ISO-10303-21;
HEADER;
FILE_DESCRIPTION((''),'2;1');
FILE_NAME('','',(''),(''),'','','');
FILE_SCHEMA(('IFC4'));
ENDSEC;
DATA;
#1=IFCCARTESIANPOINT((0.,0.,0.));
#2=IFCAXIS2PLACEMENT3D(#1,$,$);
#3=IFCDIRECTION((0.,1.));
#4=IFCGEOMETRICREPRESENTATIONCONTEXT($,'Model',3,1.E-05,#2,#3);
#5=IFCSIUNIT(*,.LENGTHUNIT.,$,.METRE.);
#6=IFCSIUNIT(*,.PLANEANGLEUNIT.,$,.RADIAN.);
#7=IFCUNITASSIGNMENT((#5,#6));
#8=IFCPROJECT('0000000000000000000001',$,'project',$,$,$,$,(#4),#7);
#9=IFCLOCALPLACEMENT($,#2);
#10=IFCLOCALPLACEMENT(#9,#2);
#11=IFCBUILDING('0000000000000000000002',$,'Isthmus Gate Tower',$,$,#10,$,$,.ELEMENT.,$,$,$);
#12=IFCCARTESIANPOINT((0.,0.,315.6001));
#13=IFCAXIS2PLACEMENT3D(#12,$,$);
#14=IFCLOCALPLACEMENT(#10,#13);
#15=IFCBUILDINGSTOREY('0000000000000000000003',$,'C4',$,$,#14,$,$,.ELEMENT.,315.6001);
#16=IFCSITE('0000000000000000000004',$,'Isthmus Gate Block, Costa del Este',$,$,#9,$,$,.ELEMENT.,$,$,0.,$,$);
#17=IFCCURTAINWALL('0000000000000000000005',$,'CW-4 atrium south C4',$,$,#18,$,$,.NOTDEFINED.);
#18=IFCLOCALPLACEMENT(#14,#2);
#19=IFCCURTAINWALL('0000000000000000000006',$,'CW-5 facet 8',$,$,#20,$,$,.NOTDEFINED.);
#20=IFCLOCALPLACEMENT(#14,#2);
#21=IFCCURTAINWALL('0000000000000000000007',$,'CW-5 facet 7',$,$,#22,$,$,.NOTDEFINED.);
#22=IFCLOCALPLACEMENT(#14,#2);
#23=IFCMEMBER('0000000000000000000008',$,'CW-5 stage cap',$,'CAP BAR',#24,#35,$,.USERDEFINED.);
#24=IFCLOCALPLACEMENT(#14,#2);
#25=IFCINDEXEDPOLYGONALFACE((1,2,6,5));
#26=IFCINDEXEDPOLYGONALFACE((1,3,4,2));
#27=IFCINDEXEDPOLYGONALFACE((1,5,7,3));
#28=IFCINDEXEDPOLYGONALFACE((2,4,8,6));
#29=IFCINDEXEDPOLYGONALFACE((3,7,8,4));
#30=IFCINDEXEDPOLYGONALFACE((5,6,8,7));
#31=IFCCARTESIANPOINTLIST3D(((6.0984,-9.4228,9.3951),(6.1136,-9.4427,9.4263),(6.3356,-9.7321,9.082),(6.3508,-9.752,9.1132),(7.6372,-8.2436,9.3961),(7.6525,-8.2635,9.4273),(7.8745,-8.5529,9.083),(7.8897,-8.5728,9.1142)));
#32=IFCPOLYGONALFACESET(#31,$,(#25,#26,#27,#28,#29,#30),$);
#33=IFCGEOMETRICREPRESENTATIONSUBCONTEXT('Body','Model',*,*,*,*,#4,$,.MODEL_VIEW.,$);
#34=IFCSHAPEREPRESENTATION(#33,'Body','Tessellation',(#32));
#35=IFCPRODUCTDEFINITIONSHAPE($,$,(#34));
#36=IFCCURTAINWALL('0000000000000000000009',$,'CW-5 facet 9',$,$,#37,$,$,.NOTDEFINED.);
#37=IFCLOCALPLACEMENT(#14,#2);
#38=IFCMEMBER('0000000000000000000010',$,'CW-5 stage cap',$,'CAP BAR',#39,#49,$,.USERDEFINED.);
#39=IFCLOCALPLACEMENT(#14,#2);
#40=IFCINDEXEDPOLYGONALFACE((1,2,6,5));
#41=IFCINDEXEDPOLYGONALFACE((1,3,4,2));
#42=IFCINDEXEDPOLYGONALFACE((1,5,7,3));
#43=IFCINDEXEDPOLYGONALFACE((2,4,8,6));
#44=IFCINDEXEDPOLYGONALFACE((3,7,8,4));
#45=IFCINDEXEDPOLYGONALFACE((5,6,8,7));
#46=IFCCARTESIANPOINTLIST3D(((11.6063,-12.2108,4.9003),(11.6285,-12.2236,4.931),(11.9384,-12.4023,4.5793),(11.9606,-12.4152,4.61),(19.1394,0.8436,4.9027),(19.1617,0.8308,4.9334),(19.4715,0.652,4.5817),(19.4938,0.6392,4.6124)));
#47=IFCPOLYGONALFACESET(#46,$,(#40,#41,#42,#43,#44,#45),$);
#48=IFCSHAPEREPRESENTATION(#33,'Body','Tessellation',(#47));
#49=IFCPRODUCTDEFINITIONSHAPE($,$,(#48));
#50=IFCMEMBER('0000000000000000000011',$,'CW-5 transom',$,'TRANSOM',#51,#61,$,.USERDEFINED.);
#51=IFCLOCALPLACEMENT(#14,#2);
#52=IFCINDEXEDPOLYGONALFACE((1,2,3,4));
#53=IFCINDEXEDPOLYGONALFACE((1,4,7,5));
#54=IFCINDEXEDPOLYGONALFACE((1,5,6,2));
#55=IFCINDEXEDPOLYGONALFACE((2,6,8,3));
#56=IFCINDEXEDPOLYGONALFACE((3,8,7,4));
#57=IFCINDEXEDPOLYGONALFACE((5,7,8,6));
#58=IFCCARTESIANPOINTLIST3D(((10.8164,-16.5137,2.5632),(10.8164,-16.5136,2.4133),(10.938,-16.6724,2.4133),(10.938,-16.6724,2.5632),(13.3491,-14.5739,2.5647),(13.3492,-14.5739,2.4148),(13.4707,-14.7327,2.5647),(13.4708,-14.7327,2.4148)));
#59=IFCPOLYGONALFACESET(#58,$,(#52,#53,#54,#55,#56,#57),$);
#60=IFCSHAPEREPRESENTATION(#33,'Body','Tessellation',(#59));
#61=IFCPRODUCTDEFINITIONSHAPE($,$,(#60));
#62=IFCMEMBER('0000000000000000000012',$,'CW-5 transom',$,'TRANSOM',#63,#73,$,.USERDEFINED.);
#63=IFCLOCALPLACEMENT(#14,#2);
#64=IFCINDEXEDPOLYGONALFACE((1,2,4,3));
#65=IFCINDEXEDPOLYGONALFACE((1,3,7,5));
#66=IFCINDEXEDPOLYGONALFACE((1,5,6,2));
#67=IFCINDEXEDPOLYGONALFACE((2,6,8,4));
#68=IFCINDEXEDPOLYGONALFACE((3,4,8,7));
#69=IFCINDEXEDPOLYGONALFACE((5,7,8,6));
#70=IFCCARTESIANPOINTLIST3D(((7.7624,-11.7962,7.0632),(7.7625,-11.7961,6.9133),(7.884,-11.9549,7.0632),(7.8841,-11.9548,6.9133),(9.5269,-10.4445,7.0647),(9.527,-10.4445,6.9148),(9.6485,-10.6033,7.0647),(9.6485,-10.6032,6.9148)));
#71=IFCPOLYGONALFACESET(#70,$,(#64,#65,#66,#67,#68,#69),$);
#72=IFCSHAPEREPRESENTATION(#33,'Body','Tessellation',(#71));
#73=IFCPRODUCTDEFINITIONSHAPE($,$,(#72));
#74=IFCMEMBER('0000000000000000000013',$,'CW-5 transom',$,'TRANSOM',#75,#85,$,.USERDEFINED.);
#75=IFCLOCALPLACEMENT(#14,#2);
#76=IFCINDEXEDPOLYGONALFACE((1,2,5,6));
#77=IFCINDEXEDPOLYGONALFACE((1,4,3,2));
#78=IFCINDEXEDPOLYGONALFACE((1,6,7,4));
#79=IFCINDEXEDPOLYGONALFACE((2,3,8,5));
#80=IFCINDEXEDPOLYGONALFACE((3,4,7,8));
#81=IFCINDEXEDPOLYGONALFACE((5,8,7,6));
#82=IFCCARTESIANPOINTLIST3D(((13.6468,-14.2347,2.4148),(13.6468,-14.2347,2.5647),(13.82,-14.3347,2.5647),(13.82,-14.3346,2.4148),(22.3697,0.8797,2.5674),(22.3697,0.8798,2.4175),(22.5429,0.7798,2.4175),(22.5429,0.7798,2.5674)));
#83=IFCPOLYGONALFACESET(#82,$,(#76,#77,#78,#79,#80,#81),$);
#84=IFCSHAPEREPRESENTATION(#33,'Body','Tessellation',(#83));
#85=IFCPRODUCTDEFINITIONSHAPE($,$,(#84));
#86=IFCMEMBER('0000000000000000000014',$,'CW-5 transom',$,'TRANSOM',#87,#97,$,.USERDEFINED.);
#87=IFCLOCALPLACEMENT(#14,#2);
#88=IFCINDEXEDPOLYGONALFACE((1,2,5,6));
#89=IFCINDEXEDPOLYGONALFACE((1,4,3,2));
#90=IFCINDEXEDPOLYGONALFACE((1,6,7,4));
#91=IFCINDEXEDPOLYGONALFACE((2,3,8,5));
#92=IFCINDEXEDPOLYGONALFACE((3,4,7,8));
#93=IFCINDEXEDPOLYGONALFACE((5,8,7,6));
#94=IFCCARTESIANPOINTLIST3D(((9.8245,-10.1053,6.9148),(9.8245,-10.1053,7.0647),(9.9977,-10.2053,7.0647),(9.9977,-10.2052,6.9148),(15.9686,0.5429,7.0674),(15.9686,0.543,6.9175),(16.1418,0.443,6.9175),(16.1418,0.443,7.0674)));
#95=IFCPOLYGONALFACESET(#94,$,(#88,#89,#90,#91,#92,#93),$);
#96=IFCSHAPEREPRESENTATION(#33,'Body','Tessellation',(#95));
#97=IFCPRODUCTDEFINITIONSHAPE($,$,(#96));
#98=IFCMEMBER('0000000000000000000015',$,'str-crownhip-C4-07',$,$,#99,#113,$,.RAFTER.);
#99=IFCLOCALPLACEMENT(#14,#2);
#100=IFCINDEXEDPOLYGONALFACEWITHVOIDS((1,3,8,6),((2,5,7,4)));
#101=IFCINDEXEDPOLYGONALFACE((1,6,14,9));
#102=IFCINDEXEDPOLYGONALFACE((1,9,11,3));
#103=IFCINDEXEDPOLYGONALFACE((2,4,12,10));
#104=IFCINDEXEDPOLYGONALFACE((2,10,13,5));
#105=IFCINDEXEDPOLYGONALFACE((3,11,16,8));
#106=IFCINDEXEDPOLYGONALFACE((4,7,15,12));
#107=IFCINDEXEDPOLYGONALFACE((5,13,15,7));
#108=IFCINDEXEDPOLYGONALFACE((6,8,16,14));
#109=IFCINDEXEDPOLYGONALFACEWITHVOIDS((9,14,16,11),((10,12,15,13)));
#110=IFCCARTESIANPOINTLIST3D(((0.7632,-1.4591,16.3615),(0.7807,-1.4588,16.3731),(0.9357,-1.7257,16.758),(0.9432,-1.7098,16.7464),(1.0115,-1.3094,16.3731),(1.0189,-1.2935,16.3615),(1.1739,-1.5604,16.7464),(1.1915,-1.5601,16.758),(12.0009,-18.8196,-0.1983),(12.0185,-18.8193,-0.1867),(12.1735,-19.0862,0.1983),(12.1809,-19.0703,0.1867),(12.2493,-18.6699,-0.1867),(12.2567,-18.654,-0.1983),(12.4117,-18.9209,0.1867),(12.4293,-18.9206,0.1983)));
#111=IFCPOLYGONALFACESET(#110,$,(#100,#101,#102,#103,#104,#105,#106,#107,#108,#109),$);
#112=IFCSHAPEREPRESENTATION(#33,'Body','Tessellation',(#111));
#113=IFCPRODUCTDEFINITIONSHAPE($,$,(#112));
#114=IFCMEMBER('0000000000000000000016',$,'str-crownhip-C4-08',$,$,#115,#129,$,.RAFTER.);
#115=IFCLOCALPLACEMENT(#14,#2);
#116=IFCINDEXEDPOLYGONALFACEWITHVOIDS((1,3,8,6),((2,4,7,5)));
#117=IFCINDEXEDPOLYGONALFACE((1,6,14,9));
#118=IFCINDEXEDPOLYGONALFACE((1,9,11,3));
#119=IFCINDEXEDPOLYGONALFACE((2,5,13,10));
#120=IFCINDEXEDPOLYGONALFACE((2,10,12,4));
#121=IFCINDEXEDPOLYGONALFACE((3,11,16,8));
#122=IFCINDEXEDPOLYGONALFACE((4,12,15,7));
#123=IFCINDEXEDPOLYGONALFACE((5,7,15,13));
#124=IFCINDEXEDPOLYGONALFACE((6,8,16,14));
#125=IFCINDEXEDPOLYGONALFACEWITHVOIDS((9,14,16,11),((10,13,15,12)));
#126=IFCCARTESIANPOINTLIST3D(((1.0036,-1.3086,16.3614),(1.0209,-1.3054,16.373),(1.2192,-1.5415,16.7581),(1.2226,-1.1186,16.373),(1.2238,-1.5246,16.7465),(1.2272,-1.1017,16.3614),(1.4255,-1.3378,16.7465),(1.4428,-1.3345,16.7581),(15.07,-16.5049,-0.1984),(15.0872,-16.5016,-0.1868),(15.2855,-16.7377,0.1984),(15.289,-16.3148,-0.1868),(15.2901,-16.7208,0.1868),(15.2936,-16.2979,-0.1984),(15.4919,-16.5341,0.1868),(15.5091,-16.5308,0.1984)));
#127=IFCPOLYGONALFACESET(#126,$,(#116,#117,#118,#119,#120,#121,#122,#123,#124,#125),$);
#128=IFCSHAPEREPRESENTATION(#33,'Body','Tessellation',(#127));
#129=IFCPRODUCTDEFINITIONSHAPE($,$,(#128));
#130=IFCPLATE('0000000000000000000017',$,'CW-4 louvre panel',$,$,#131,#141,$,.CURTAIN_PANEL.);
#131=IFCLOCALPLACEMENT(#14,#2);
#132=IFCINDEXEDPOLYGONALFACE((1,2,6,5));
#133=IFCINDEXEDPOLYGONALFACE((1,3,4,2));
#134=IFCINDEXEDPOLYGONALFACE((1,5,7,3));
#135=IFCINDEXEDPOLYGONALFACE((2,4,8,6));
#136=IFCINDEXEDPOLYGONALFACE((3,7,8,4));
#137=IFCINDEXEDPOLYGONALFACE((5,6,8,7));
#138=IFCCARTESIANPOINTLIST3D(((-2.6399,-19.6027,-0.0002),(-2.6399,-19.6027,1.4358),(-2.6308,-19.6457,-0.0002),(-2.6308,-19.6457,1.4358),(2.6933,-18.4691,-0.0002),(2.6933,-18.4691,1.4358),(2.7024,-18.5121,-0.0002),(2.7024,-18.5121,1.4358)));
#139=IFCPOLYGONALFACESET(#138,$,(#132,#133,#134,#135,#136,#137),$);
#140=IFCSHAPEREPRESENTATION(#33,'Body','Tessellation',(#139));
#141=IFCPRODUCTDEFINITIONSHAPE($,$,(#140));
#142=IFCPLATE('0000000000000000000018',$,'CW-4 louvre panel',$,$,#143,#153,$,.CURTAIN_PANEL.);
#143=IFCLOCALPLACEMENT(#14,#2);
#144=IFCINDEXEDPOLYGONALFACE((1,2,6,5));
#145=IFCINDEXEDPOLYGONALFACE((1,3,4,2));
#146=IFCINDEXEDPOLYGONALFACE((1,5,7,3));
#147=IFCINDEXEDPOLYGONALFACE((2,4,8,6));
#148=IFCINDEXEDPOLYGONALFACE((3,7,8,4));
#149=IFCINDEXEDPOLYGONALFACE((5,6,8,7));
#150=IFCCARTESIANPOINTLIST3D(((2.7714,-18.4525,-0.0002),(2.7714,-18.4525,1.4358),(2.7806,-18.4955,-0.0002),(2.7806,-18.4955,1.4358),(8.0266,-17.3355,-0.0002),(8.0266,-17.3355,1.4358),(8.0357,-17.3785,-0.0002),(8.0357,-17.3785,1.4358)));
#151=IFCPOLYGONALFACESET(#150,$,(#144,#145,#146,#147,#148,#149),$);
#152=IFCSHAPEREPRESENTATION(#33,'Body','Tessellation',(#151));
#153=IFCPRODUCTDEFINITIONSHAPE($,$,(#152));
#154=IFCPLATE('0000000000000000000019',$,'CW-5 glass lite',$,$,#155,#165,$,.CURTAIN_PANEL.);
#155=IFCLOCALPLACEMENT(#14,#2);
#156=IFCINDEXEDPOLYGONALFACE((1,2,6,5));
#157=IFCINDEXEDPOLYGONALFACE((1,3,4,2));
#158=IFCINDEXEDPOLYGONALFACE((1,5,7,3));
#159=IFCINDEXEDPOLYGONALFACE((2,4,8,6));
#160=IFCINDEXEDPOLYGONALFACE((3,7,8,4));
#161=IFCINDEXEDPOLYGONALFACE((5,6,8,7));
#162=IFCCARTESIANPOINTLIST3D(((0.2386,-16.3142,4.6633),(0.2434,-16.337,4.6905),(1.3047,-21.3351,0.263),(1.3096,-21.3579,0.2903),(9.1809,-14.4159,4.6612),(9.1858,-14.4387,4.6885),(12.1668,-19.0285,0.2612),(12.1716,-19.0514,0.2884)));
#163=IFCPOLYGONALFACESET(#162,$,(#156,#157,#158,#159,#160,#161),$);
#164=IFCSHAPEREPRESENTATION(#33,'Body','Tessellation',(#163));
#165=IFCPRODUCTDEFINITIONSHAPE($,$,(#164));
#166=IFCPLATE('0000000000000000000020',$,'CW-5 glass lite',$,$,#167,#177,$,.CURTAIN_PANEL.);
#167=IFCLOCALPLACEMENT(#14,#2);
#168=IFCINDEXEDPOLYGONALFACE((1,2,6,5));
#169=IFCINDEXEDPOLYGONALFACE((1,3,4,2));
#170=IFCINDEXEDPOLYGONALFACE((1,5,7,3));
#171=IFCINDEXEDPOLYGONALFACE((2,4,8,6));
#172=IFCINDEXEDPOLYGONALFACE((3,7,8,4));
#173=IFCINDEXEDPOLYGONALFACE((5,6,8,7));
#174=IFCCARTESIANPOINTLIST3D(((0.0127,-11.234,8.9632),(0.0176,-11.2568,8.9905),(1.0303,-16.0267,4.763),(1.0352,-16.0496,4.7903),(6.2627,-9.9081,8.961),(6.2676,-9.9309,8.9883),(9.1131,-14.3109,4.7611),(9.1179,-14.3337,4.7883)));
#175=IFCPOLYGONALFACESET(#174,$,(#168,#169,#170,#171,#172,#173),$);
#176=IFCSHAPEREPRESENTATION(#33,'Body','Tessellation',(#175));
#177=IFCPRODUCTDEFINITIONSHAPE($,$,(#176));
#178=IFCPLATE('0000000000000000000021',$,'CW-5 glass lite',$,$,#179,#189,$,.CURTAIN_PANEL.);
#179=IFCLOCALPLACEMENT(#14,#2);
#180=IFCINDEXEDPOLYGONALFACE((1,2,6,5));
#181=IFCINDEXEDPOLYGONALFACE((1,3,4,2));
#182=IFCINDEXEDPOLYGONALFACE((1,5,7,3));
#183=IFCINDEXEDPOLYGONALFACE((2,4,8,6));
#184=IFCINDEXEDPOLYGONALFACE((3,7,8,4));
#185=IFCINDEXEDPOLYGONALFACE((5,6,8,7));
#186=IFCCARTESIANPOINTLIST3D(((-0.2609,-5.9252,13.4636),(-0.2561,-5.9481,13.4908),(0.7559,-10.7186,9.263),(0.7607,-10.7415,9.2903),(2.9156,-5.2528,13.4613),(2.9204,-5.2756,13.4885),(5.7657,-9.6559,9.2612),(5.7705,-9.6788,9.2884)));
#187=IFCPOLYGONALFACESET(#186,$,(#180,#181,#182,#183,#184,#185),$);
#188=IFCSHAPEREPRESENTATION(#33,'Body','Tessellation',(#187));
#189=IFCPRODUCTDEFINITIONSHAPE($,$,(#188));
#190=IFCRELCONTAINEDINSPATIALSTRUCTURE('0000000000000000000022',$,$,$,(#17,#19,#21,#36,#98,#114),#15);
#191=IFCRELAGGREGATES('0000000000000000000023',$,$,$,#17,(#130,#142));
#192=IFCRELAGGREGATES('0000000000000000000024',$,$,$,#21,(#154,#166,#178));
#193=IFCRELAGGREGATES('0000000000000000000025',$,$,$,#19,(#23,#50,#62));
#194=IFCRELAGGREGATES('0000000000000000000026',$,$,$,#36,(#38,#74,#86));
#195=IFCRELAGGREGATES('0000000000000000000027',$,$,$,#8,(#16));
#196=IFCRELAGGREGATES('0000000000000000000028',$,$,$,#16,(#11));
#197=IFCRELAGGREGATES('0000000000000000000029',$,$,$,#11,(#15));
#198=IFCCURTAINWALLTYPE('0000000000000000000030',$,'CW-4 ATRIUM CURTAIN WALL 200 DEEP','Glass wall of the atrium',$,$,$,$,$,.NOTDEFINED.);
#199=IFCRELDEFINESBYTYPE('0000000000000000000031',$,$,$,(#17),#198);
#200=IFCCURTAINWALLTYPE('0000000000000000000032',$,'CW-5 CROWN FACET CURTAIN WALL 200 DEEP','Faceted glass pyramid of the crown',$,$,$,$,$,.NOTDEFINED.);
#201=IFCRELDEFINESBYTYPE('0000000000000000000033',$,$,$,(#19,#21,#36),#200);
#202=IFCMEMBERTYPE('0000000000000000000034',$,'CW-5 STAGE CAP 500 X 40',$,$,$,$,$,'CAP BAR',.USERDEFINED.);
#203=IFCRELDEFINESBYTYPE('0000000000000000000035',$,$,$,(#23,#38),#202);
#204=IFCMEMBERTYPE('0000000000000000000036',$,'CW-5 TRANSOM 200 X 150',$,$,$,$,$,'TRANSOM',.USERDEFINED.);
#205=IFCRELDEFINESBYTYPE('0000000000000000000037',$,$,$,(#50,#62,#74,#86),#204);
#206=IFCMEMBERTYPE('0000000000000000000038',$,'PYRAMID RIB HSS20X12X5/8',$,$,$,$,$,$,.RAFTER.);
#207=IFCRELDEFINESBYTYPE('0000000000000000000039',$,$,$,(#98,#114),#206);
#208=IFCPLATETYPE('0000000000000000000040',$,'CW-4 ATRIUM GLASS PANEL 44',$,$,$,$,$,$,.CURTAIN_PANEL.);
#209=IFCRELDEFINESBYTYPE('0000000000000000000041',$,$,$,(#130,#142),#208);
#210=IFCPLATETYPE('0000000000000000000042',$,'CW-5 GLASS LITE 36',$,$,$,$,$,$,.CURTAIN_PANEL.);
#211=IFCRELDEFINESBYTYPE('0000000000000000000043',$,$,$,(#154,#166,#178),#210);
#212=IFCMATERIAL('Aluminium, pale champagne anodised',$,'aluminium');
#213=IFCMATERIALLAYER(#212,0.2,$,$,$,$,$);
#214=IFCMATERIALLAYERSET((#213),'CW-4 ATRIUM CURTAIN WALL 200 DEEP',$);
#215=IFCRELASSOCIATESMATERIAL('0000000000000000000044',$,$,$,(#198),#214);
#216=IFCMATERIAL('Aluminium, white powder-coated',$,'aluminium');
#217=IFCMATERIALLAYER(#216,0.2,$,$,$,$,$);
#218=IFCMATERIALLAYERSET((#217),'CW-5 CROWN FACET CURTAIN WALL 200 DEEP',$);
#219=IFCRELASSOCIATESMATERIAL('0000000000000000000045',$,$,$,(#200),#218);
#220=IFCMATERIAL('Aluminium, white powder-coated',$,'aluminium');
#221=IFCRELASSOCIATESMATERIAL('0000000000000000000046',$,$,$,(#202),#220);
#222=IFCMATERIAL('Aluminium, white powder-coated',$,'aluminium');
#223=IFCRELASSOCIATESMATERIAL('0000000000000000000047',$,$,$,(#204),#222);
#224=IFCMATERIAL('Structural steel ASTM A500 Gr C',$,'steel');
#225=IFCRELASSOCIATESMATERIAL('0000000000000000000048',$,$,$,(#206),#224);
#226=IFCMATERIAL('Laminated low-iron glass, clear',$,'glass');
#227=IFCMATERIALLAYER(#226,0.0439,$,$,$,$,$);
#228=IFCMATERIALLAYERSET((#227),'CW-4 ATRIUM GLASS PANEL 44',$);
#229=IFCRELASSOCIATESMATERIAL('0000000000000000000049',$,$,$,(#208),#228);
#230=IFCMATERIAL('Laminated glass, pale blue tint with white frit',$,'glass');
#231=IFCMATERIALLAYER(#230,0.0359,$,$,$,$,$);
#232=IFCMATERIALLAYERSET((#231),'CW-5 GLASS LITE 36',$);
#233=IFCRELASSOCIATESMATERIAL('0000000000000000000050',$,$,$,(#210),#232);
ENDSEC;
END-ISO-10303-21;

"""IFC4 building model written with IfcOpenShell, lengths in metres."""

from ifc_helpers import new_model, si_unit, direction, frame, origin, origin_2d, place, context, subcontext, project, spatial, polyline, rectangle, hollow_rectangle, outline, extrude, material, layer, layer_set, material_profile, profile_set, type_object, element, aggregate, save


model = new_model("IFC4")

# Units and contexts
model_context = context("Model", 3, precision=1e-05, world=origin(), true_north=direction((0.0, 1.0)))
body_context = subcontext(model_context, "Body", "Model", "MODEL_VIEW")
ifc_project = project(units=[si_unit("LENGTHUNIT", "METRE"), si_unit("PLANEANGLEUNIT", "RADIAN")], contexts=[model_context])

# Site, building, storey
site_placement = place(None, origin())
site = spatial("IfcSite", under=ifc_project, at=site_placement, Name="Isthmus Gate Block, Costa del Este", CompositionType="ELEMENT", RefElevation=0.0)
building_placement = place(site_placement, origin())
building = spatial("IfcBuilding", under=site, at=building_placement, Name="Isthmus Gate Tower", CompositionType="ELEMENT")
storey_placement = place(building_placement, frame((0.0, 0.0, 315.6001)))
storey = spatial("IfcBuildingStorey", under=building, at=storey_placement, Name="C4", CompositionType="ELEMENT", Elevation=315.6001)

# Curtain wall
ifc_material_1 = material(Name="Aluminium, pale champagne anodised", Category="aluminium")
ifc_layer_1 = layer(ifc_material_1, 0.2)
ifc_layer_set_1 = layer_set([ifc_layer_1], Name="CW-4 ATRIUM CURTAIN WALL 200 DEEP")
curtain_wall_type_1 = type_object("IfcCurtainWallType", Name="CW-4 ATRIUM CURTAIN WALL 200 DEEP", Description="Glass wall of the atrium", PredefinedType="NOTDEFINED", material=ifc_layer_set_1)
curtain_wall_1_placement = place(storey_placement, origin())
curtain_wall_1 = element("IfcCurtainWall", 1, at=curtain_wall_1_placement, inside=storey, type_object=curtain_wall_type_1, Name="CW-4 atrium south C4", PredefinedType="NOTDEFINED")

# Curtain wall
ifc_material_2 = material(Name="Aluminium, white powder-coated", Category="aluminium")
ifc_layer_2 = layer(ifc_material_2, 0.2)
ifc_layer_set_2 = layer_set([ifc_layer_2], Name="CW-5 CROWN FACET CURTAIN WALL 200 DEEP")
curtain_wall_type_2 = type_object("IfcCurtainWallType", Name="CW-5 CROWN FACET CURTAIN WALL 200 DEEP", Description="Faceted glass pyramid of the crown", PredefinedType="NOTDEFINED", material=ifc_layer_set_2)
curtain_wall_2_placement = place(storey_placement, origin())
curtain_wall_2 = element("IfcCurtainWall", 2, at=curtain_wall_2_placement, inside=storey, type_object=curtain_wall_type_2, Name="CW-5 facet 8", PredefinedType="NOTDEFINED")
placement_1 = place(building_placement, frame((0.0, 0.0, 324.6001)))

# Curtain wall
curtain_wall_3_placement = place(storey_placement, origin())
curtain_wall_3 = element("IfcCurtainWall", 3, at=curtain_wall_3_placement, inside=storey, type_object=curtain_wall_type_2, Name="CW-5 facet 7", PredefinedType="NOTDEFINED")
placement_2 = place(building_placement, frame((0.0, 0.0, 320.1001)))

# Member
ifc_material_3 = material(Name="Aluminium, white powder-coated", Category="aluminium")
ifc_material_profile_1 = material_profile(ifc_material_3, rectangle(XDim=0.5, YDim=0.04, at=origin_2d()), Name="500x40")
ifc_profile_set_1 = profile_set([ifc_material_profile_1], Name="Aluminium, white powder-coated")
member_type_1 = type_object("IfcMemberType", Name="CW-5 STAGE CAP 500 X 40", ElementType="CAP BAR", PredefinedType="USERDEFINED", material=ifc_profile_set_1)
member_1_placement = place(placement_2, frame((6.2246, -9.5874, 4.7542), z_axis=(0.793746, 0.608249, 0.000504), x_axis=(-0.474463, 0.61864, 0.626234)))
member_1 = element("IfcMember", 4, at=member_1_placement, type_object=member_type_1, Name="CW-5 stage cap", ObjectType="CAP BAR", PredefinedType="USERDEFINED", context=body_context, shape_type="SweptSolid", body=[
    extrude(rectangle(XDim=0.5, YDim=0.04, at=origin_2d()), origin(), (0.0, 0.0, 1.0), 1.9387),
])

# Curtain wall, member
curtain_wall_4_placement = place(storey_placement, origin())
curtain_wall_4 = element("IfcCurtainWall", 5, at=curtain_wall_4_placement, inside=storey, type_object=curtain_wall_type_2, Name="CW-5 facet 9", PredefinedType="NOTDEFINED")
member_2_placement = place(storey_placement, frame((11.7834, -12.313, 4.7551), z_axis=(0.499812, 0.866134, 0.000162), x_axis=(-0.664167, 0.383144, 0.641937)))
member_2 = element("IfcMember", 6, at=member_2_placement, type_object=member_type_1, Name="CW-5 stage cap", ObjectType="CAP BAR", PredefinedType="USERDEFINED", context=body_context, shape_type="SweptSolid", body=[
    extrude(rectangle(XDim=0.5, YDim=0.04, at=origin_2d()), origin(), (0.0, 0.0, 1.0), 15.072),
])

# Members
ifc_material_4 = material(Name="Aluminium, white powder-coated", Category="aluminium")
ifc_material_profile_2 = material_profile(ifc_material_4, rectangle(XDim=0.2, YDim=0.1499, at=origin_2d()), Name="200x150")
ifc_profile_set_2 = profile_set([ifc_material_profile_2], Name="Aluminium, white powder-coated")
member_type_2 = type_object("IfcMemberType", Name="CW-5 TRANSOM 200 X 150", ElementType="TRANSOM", PredefinedType="USERDEFINED", material=ifc_profile_set_2)
member_3_placement = place(storey_placement, frame((10.8772, -16.593, 2.4883), z_axis=(0.793917, 0.608027, 0.000459), x_axis=(-0.608027, 0.793917, 0.0)))
member_3 = element("IfcMember", 7, at=member_3_placement, type_object=member_type_2, Name="CW-5 transom", ObjectType="TRANSOM", PredefinedType="USERDEFINED", context=body_context, shape_type="SweptSolid", body=[
    extrude(rectangle(XDim=0.2, YDim=0.1499, at=origin_2d()), origin(), (0.0, 0.0, 1.0), 3.1902),
])
member_4_placement = place(placement_2, frame((7.8232, -11.8755, 2.4883), z_axis=(0.793855, 0.608106, 0.000659), x_axis=(-0.608106, 0.793856, 0.0)))
member_4 = element("IfcMember", 8, at=member_4_placement, type_object=member_type_2, Name="CW-5 transom", ObjectType="TRANSOM", PredefinedType="USERDEFINED", context=body_context, shape_type="SweptSolid", body=[
    extrude(rectangle(XDim=0.2, YDim=0.1499, at=origin_2d()), origin(), (0.0, 0.0, 1.0), 2.2227),
])
member_5_placement = place(storey_placement, frame((13.7334, -14.2847, 2.4897), z_axis=(0.499851, 0.866111, 0.000154), x_axis=(-0.866111, 0.499851, 0.0)))
member_5 = element("IfcMember", 9, at=member_5_placement, type_object=member_type_2, Name="CW-5 transom", ObjectType="TRANSOM", PredefinedType="USERDEFINED", context=body_context, shape_type="SweptSolid", body=[
    extrude(rectangle(XDim=0.2, YDim=0.1499, at=origin_2d()), origin(), (0.0, 0.0, 1.0), 17.4509),
])
member_6_placement = place(placement_2, frame((9.9111, -10.1553, 2.4897), z_axis=(0.499775, 0.866155, 0.000218), x_axis=(-0.866155, 0.499775, 0.0)))
member_6 = element("IfcMember", 10, at=member_6_placement, type_object=member_type_2, Name="CW-5 transom", ObjectType="TRANSOM", PredefinedType="USERDEFINED", context=body_context, shape_type="SweptSolid", body=[
    extrude(rectangle(XDim=0.2, YDim=0.1499, at=origin_2d()), origin(), (0.0, 0.0, 1.0), 12.2937),
])

# Members
ifc_material_5 = material(Name="Structural steel ASTM A500 Gr C", Category="steel")
ifc_material_profile_3 = material_profile(ifc_material_5, hollow_rectangle(XDim=0.3047, YDim=0.5081, WallThickness=0.0149, at=origin_2d()), Name="HSS20X12X5/8")
ifc_profile_set_3 = profile_set([ifc_material_profile_3], Name="Structural steel ASTM A500 Gr C")
member_type_3 = type_object("IfcMemberType", Name="PYRAMID RIB HSS20X12X5/8", PredefinedType="RAFTER", material=ifc_profile_set_3)
member_7_placement = place(storey_placement, frame((12.2151, -18.8701, 0.0), z_axis=(-0.424172, 0.655277, 0.625052), x_axis=(-0.839472, -0.543404, 0.0)))
element("IfcMember", 11, at=member_7_placement, inside=storey, type_object=member_type_3, Name="str-crownhip-C4-07", PredefinedType="RAFTER", context=body_context, shape_type="SweptSolid", body=[
    extrude(hollow_rectangle(XDim=0.3047, YDim=0.5081, WallThickness=0.0149, at=origin_2d()), origin(), (0.0, 0.0, 1.0), 26.4934),
])
member_8_placement = place(storey_placement, frame((15.2896, -16.5178, 0.0), z_axis=(-0.530518, 0.573131, 0.624557), x_axis=(-0.733863, -0.679298, 0.0)))
element("IfcMember", 12, at=member_8_placement, inside=storey, type_object=member_type_3, Name="str-crownhip-C4-08", PredefinedType="RAFTER", context=body_context, shape_type="SweptSolid", body=[
    extrude(hollow_rectangle(XDim=0.3047, YDim=0.5081, WallThickness=0.0149, at=origin_2d()), origin(), (0.0, 0.0, 1.0), 26.5144),
])

# Plates
ifc_material_6 = material(Name="Laminated low-iron glass, clear", Category="glass")
ifc_layer_3 = layer(ifc_material_6, 0.0439)
ifc_layer_set_3 = layer_set([ifc_layer_3], Name="CW-4 ATRIUM GLASS PANEL 44")
plate_type_1 = type_object("IfcPlateType", Name="CW-4 ATRIUM GLASS PANEL 44", PredefinedType="CURTAIN_PANEL", material=ifc_layer_set_3)
plate_1_placement = place(storey_placement, frame((0.0312, -19.0574, -0.0002), z_axis=(0.0, 0.0, 1.0), x_axis=(0.978148, 0.207912, 0.0)))
plate_1 = element("IfcPlate", 13, at=plate_1_placement, type_object=plate_type_1, Name="CW-4 louvre panel", PredefinedType="CURTAIN_PANEL", context=body_context, shape_type="SweptSolid", body=[
    extrude(rectangle(XDim=5.4524, YDim=0.0439, at=origin_2d()), origin(), (0.0, 0.0, 1.0), 1.436),
])
plate_2_placement = place(storey_placement, frame((5.4036, -17.9155, -0.0002), z_axis=(0.0, 0.0, 1.0), x_axis=(0.978148, 0.207912, 0.0)))
plate_2 = element("IfcPlate", 14, at=plate_2_placement, type_object=plate_type_1, Name="CW-4 louvre panel", PredefinedType="CURTAIN_PANEL", context=body_context, shape_type="SweptSolid", body=[
    extrude(rectangle(XDim=5.3726, YDim=0.0439, at=origin_2d()), origin(), (0.0, 0.0, 1.0), 1.436),
])
aggregate(curtain_wall_1, [plate_1, plate_2])
ifc_material_7 = material(Name="Laminated glass, pale blue tint with white frit", Category="glass")
ifc_layer_4 = layer(ifc_material_7, 0.0359)
ifc_layer_set_4 = layer_set([ifc_layer_4], Name="CW-5 GLASS LITE 36")
plate_type_2 = type_object("IfcPlateType", Name="CW-5 GLASS LITE 36", PredefinedType="CURTAIN_PANEL", material=ifc_layer_set_4)
plate_3_placement = place(storey_placement, frame((1.3096, -21.3579, 0.2903), z_axis=(0.135317, -0.636625, 0.759209), x_axis=(0.978189, 0.207718, -0.000167)))
plate_3 = element("IfcPlate", 15, at=plate_3_placement, type_object=plate_type_2, Name="CW-5 glass lite", PredefinedType="CURTAIN_PANEL", context=body_context, shape_type="SweptSolid", body=[
    extrude(outline(polyline([(0.0, 0.0), (11.1043, 0.0), (9.1409, 6.76), (-0.0007, 6.7608), (0.0, 0.0)])), origin(), (0.0, 0.0, -1.0), 0.0359),
])
plate_4_placement = place(placement_2, frame((1.0352, -16.0496, 0.2903), z_axis=(0.135325, -0.636619, 0.759212), x_axis=(0.978202, 0.207654, -0.000236)))
plate_4 = element("IfcPlate", 16, at=plate_4_placement, type_object=plate_type_2, Name="CW-5 glass lite", PredefinedType="CURTAIN_PANEL", context=body_context, shape_type="SweptSolid", body=[
    extrude(outline(polyline([(0.0, 0.0), (8.2629, 0.0), (6.3879, 6.4524), (-0.0012, 6.4535), (0.0, 0.0)])), origin(), (0.0, 0.0, -1.0), 0.0359),
])
plate_5_placement = place(placement_1, frame((0.7607, -10.7415, 0.2903), z_axis=(0.135317, -0.636614, 0.759218), x_axis=(0.978235, 0.2075, -0.000362)))
plate_5 = element("IfcPlate", 17, at=plate_5_placement, type_object=plate_type_2, Name="CW-5 glass lite", PredefinedType="CURTAIN_PANEL", context=body_context, shape_type="SweptSolid", body=[
    extrude(outline(polyline([(0.0, 0.0), (5.1212, 0.0), (3.2453, 6.4523), (-0.0016, 6.4541), (0.0, 0.0)])), origin(), (0.0, 0.0, -1.0), 0.0359),
])
aggregate(curtain_wall_3, [plate_3, plate_4, plate_5])
aggregate(curtain_wall_2, [member_1, member_3, member_4])
aggregate(curtain_wall_4, [member_2, member_5, member_6])

save(model, "model.ifc")
